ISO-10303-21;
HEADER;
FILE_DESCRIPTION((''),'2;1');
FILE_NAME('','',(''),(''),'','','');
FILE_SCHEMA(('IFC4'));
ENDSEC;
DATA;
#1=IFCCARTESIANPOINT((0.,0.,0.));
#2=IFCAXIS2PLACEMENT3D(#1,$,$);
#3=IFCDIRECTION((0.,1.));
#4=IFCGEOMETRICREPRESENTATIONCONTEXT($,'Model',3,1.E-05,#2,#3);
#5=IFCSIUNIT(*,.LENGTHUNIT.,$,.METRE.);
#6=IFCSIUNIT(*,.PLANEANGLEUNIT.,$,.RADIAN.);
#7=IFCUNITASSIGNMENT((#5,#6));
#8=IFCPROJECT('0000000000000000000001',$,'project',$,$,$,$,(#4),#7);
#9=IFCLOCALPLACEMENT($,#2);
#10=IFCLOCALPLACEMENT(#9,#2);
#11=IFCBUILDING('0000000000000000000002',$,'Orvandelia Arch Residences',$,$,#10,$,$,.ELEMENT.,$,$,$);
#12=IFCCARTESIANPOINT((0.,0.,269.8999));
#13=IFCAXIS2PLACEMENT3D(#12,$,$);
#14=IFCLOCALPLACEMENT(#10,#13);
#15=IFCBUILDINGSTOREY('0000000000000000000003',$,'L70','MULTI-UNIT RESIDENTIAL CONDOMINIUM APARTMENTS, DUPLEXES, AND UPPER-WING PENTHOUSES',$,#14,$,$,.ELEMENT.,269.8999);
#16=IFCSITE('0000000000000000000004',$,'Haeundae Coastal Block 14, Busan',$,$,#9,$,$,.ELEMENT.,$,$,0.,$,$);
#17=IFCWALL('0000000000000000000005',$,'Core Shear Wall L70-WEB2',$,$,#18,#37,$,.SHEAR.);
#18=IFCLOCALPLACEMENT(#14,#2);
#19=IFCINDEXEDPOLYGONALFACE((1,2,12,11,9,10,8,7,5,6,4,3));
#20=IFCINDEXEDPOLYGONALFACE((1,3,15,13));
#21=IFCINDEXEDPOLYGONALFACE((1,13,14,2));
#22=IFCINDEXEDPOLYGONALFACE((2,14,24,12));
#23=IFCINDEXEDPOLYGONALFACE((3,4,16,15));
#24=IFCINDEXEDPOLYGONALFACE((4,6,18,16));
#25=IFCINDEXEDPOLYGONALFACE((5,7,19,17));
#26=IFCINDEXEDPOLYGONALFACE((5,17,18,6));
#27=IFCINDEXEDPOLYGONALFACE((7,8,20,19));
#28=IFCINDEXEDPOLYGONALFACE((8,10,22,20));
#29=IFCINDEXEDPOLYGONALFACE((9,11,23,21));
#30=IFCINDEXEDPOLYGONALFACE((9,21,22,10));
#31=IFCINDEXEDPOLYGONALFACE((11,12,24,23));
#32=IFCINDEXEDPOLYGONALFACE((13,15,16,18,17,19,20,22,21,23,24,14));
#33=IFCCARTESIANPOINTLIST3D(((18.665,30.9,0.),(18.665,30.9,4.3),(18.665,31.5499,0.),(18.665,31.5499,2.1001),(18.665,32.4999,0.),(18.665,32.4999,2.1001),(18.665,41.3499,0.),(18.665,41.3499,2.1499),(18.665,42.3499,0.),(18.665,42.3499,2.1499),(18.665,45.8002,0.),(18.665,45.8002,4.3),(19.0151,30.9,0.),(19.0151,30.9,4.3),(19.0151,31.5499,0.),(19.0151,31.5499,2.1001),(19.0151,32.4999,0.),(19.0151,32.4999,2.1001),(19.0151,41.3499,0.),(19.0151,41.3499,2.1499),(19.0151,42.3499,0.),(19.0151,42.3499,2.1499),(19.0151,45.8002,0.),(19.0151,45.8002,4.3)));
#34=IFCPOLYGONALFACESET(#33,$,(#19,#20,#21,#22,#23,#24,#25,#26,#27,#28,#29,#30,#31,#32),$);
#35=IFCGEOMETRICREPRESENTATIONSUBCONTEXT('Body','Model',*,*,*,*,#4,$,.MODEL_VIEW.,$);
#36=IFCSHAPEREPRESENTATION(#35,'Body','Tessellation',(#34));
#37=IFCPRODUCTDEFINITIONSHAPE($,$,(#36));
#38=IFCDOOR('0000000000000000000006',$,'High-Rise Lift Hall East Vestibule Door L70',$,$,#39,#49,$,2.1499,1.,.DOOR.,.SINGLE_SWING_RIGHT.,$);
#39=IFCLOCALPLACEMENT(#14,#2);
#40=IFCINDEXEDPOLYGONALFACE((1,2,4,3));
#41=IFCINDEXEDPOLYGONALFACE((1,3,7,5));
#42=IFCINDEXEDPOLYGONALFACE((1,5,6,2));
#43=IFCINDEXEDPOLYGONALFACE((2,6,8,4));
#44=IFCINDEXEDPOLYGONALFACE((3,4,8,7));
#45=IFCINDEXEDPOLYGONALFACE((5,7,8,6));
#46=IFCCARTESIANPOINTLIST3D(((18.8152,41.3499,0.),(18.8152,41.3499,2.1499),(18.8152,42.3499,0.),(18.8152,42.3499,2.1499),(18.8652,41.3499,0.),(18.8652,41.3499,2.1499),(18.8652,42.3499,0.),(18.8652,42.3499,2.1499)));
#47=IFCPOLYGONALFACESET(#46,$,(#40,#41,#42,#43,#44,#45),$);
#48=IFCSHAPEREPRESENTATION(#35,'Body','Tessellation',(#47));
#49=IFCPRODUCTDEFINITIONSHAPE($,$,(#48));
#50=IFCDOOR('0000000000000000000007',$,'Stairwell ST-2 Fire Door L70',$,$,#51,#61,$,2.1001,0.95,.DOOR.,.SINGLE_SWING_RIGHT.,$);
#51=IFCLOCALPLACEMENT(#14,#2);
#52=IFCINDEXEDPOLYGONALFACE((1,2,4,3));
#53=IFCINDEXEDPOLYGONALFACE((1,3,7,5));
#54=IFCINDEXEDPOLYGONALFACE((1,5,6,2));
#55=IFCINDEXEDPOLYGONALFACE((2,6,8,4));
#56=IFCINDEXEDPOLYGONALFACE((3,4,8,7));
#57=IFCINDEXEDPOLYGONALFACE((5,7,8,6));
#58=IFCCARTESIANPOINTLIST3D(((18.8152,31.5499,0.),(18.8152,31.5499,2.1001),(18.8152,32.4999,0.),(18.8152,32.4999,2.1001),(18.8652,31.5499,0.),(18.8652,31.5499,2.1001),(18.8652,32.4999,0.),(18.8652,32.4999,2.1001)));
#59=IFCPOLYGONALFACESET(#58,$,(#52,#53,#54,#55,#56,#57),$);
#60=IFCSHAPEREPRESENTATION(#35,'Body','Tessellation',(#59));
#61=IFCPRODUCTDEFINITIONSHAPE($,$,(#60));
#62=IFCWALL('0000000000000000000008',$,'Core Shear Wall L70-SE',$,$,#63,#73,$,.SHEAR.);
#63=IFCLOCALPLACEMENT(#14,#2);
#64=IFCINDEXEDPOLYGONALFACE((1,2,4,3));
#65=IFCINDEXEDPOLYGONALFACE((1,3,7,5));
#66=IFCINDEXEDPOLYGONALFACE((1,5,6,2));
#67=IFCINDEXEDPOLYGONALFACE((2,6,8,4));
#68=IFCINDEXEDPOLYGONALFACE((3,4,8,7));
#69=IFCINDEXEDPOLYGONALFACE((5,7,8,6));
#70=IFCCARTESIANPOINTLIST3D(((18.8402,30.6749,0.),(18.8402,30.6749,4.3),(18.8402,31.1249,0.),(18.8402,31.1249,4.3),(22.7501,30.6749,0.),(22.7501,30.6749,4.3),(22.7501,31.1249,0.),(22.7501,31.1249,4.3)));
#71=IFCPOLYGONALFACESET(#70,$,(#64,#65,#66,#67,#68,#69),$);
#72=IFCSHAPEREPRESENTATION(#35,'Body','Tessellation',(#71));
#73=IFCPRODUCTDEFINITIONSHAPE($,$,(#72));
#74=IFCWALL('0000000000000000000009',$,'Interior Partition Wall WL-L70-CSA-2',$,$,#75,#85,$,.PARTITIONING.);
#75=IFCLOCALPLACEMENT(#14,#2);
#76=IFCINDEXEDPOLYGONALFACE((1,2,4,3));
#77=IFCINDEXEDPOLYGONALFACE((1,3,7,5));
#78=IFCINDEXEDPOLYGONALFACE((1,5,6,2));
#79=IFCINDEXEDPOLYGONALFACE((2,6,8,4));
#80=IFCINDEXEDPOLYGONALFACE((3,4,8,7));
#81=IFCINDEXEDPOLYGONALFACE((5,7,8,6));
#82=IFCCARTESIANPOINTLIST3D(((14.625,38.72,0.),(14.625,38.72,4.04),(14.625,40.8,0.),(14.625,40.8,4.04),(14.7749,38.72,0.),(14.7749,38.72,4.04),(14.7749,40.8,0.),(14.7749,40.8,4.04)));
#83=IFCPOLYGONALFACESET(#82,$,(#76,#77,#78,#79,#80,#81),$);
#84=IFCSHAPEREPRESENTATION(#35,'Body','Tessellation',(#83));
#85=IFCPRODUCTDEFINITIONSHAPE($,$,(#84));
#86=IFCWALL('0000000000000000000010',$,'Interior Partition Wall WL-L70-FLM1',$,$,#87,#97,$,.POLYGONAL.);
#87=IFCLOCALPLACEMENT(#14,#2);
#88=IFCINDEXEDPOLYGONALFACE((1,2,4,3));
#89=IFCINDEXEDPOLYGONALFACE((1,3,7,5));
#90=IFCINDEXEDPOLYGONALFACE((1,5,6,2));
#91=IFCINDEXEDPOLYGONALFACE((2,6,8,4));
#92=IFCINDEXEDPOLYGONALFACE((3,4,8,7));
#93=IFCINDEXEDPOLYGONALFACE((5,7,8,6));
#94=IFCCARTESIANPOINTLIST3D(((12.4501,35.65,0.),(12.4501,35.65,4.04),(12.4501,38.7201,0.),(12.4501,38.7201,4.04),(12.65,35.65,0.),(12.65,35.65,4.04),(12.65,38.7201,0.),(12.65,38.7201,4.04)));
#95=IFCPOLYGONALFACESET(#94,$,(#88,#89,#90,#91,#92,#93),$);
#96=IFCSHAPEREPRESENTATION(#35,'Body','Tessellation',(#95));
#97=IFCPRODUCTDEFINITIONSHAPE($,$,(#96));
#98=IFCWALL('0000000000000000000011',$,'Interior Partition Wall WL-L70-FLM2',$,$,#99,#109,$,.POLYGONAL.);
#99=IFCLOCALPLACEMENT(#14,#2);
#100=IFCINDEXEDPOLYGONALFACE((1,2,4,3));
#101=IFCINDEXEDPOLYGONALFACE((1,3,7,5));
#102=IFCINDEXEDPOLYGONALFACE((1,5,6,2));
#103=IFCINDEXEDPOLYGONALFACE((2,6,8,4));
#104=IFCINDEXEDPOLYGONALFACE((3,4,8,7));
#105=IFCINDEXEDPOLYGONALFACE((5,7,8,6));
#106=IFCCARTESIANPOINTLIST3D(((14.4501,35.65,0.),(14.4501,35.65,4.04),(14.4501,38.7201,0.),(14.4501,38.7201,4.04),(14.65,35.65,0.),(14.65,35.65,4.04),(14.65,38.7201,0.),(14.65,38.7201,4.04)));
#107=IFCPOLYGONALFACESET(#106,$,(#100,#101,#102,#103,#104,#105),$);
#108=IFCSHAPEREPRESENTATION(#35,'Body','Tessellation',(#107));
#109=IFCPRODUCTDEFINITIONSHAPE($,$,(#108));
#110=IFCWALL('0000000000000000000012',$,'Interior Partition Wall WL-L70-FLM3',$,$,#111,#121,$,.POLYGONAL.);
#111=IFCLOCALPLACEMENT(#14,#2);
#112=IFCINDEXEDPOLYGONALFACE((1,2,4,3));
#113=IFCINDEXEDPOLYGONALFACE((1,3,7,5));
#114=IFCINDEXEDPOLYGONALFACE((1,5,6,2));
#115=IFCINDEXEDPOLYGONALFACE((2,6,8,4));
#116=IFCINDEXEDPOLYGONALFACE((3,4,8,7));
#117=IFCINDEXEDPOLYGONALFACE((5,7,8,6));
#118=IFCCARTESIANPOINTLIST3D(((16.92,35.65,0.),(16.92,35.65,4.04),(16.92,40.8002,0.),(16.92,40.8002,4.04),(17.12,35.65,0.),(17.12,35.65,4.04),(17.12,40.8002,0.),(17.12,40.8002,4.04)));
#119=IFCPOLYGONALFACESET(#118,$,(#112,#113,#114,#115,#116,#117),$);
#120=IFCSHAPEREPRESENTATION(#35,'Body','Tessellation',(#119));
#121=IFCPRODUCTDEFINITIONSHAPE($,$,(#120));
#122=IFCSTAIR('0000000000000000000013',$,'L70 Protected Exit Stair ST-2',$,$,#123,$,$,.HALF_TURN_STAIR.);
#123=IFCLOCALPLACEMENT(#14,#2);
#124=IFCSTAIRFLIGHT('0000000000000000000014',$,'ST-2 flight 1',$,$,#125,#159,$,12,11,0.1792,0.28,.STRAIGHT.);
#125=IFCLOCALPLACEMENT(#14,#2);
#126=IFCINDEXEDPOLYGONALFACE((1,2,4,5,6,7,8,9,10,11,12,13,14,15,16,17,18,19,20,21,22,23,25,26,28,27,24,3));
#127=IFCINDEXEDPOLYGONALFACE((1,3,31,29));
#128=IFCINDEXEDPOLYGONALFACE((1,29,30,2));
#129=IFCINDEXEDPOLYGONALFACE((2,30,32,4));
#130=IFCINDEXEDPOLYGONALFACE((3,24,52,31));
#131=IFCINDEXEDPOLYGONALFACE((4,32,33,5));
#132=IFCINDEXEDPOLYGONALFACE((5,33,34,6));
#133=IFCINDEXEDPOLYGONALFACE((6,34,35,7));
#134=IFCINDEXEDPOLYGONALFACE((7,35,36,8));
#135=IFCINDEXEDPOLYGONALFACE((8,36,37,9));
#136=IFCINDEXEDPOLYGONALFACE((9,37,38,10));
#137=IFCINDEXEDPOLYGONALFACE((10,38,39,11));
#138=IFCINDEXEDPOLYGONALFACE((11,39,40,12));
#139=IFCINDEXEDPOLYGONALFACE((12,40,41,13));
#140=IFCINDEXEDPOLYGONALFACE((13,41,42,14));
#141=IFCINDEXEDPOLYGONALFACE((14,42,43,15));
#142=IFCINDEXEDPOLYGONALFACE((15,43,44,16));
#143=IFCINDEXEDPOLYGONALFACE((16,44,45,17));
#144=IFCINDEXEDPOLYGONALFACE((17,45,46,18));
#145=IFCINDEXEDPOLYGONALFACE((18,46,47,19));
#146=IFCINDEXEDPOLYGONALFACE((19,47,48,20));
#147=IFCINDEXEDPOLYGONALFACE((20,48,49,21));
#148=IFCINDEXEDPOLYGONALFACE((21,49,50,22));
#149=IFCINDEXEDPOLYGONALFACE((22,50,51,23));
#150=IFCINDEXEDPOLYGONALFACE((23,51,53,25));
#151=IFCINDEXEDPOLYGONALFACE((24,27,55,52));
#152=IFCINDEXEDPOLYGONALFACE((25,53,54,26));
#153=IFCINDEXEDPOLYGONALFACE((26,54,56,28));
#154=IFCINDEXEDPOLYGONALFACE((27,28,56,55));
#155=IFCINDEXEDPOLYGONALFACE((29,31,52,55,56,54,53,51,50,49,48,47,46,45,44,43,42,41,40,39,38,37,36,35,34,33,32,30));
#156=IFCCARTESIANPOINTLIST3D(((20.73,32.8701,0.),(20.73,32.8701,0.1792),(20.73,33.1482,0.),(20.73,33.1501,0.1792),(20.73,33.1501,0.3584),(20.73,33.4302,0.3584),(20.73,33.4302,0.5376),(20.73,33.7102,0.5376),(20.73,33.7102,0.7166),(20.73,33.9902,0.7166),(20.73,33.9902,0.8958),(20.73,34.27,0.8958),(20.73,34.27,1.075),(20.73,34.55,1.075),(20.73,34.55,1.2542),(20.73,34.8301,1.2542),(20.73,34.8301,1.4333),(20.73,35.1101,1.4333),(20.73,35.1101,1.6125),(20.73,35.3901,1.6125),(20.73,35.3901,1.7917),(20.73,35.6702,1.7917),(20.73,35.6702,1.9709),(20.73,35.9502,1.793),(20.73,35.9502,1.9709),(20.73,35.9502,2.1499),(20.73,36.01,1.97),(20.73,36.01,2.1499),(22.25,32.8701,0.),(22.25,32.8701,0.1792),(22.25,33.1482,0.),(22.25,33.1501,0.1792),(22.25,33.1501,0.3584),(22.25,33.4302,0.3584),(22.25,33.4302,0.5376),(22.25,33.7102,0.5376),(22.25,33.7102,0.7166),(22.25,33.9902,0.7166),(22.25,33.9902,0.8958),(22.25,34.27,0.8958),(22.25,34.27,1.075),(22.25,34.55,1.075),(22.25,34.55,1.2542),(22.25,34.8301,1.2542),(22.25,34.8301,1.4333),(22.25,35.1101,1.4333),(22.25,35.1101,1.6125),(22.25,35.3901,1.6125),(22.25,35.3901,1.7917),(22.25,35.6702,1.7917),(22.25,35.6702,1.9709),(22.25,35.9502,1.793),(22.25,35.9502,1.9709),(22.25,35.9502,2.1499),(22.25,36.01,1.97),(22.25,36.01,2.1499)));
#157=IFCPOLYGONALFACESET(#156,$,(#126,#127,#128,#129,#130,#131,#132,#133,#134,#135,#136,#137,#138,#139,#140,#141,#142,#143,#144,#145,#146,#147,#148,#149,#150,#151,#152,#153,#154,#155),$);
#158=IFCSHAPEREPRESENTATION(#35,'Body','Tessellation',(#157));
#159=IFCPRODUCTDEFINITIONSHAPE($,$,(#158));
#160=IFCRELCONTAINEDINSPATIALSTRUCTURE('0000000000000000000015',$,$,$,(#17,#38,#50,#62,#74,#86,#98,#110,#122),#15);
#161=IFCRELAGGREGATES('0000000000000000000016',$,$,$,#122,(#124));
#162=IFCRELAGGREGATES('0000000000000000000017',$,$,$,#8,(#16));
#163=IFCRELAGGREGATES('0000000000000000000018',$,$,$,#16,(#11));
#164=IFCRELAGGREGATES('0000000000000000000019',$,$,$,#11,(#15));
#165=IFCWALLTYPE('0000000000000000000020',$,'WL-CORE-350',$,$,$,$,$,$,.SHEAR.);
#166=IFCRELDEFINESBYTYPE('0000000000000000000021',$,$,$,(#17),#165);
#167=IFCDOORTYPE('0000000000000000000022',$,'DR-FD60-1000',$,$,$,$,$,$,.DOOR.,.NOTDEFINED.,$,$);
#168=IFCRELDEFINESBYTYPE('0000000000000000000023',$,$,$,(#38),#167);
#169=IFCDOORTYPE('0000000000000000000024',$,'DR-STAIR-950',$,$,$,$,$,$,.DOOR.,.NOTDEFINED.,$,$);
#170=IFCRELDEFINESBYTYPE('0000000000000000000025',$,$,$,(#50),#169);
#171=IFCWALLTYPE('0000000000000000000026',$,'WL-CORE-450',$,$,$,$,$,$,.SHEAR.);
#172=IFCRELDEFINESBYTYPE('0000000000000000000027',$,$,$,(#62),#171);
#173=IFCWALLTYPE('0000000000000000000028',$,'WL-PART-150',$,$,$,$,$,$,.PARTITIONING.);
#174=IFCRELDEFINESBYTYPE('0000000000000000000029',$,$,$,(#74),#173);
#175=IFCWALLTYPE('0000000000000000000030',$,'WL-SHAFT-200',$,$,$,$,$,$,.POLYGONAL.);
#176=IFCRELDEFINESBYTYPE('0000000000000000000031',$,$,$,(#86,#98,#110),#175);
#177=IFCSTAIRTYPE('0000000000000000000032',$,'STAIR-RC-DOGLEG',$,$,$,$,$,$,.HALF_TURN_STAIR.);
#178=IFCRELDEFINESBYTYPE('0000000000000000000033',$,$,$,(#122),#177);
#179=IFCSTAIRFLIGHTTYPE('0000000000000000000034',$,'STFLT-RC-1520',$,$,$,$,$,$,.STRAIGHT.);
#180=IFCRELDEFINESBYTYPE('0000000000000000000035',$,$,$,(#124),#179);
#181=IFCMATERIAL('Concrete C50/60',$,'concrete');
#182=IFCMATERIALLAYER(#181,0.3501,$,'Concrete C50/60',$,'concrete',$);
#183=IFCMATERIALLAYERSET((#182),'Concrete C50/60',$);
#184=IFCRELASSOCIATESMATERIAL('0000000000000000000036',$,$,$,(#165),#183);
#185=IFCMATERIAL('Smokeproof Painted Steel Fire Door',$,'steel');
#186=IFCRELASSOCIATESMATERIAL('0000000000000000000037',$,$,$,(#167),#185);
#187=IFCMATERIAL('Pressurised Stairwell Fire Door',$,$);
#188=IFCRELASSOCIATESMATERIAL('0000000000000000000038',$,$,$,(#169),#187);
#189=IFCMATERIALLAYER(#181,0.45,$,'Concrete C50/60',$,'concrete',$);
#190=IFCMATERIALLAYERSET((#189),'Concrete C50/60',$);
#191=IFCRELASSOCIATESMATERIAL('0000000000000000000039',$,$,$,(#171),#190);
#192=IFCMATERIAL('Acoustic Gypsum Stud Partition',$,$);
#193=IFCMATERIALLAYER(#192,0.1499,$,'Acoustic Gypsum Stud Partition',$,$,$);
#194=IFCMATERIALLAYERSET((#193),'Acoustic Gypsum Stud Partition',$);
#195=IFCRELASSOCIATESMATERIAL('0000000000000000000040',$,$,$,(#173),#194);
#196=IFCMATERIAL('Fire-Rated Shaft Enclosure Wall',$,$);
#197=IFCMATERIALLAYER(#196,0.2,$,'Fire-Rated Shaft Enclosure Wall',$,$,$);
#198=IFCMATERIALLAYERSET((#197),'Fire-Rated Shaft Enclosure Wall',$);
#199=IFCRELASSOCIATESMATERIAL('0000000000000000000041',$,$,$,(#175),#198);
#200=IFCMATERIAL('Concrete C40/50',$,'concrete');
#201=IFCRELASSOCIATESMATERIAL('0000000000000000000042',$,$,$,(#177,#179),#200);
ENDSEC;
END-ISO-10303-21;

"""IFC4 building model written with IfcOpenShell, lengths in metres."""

from ifc_helpers import new_model, si_unit, direction, frame, frame_2d, origin, place, context, subcontext, project, spatial, polyline, rectangle, outline, extrude, material, layer, layer_set, type_object, element, fill, aggregate, save


model = new_model("IFC4")

# Units and contexts
model_context = context("Model", 3, precision=1e-05, world=origin(), true_north=direction((0.0, 1.0)))
body_context = subcontext(model_context, "Body", "Model", "MODEL_VIEW")
ifc_project = project(units=[si_unit("LENGTHUNIT", "METRE"), si_unit("PLANEANGLEUNIT", "RADIAN")], contexts=[model_context])

# Site, building, storey
site_placement = place(None, origin())
site = spatial("IfcSite", under=ifc_project, at=site_placement, Name="Haeundae Coastal Block 14, Busan", CompositionType="ELEMENT", RefElevation=0.0)
building_placement = place(site_placement, origin())
building = spatial("IfcBuilding", under=site, at=building_placement, Name="Orvandelia Arch Residences", CompositionType="ELEMENT")
storey_placement = place(building_placement, frame((0.0, 0.0, 269.8999)))
storey = spatial("IfcBuildingStorey", under=building, at=storey_placement, Name="L70", Description="MULTI-UNIT RESIDENTIAL CONDOMINIUM APARTMENTS, DUPLEXES, AND UPPER-WING PENTHOUSES", CompositionType="ELEMENT", Elevation=269.8999)

# Shared definitions
ifc_material_1 = material(Name="Concrete C50/60", Category="concrete")

# Wall, openings, doors
ifc_layer_1 = layer(ifc_material_1, 0.3501, Name="Concrete C50/60", Category="concrete")
ifc_layer_set_1 = layer_set([ifc_layer_1], Name="Concrete C50/60")
wall_type_1 = type_object("IfcWallType", Name="WL-CORE-350", PredefinedType="SHEAR", material=ifc_layer_set_1)
wall_1_placement = place(storey_placement, frame((18.8401, 30.8999, 0.0), z_axis=(0.0, 0.0, 1.0), x_axis=(0.0, 1.0, 0.0)))
wall_1 = element("IfcWall", 1, at=wall_1_placement, inside=storey, type_object=wall_type_1, Name="Core Shear Wall L70-WEB2", PredefinedType="SHEAR", context=body_context, shape_type="SweptSolid", body=[
    extrude(rectangle(XDim=14.9001, YDim=0.3501, at=frame_2d((7.4502, 0.0))), origin(), (0.0, 0.0, 1.0), 4.3),
])
opening_1_placement = place(wall_1_placement, frame((0.6499, 0.0, 0.0)))
opening_1 = element("IfcOpeningElement", 2, at=opening_1_placement, cuts=wall_1, PredefinedType="OPENING", context=body_context, shape_type="SweptSolid", body=[
    extrude(rectangle(XDim=0.95, YDim=2.1001, at=frame_2d((0.4751, 1.05))), frame((0.0, 0.1851, 0.0), z_axis=(0.0, -1.0, 0.0), x_axis=(1.0, 0.0, 0.0)), (0.0, 0.0, 1.0), 0.3701),
])
opening_2_placement = place(wall_1_placement, frame((10.45, 0.0, 0.0)))
opening_2 = element("IfcOpeningElement", 3, at=opening_2_placement, cuts=wall_1, PredefinedType="OPENING", context=body_context, shape_type="SweptSolid", body=[
    extrude(rectangle(XDim=1.0, YDim=2.1499, at=frame_2d((0.5, 1.075))), frame((0.0, 0.1851, 0.0), z_axis=(0.0, -1.0, 0.0), x_axis=(1.0, 0.0, 0.0)), (0.0, 0.0, 1.0), 0.3701),
])
ifc_material_2 = material(Name="Smokeproof Painted Steel Fire Door", Category="steel")
door_type_1 = type_object("IfcDoorType", Name="DR-FD60-1000", OperationType="NOTDEFINED", PredefinedType="DOOR", material=ifc_material_2)
door_1_placement = place(opening_2_placement, origin())
door_1 = element("IfcDoor", 4, at=door_1_placement, inside=storey, type_object=door_type_1, Name="High-Rise Lift Hall East Vestibule Door L70", OperationType="SINGLE_SWING_RIGHT", OverallHeight=2.1499, OverallWidth=1.0, PredefinedType="DOOR", context=body_context, shape_type="SweptSolid", body=[
    extrude(rectangle(XDim=1.0, YDim=2.1499, at=frame_2d((0.5, 1.075))), frame((0.0, 0.0249, 0.0), z_axis=(0.0, -1.0, 0.0), x_axis=(1.0, 0.0, 0.0)), (0.0, 0.0, 1.0), 0.05),
])
fill(opening_2, door_1)
ifc_material_3 = material(Name="Pressurised Stairwell Fire Door")
door_type_2 = type_object("IfcDoorType", Name="DR-STAIR-950", OperationType="NOTDEFINED", PredefinedType="DOOR", material=ifc_material_3)
door_2_placement = place(opening_1_placement, origin())
door_2 = element("IfcDoor", 5, at=door_2_placement, inside=storey, type_object=door_type_2, Name="Stairwell ST-2 Fire Door L70", OperationType="SINGLE_SWING_RIGHT", OverallHeight=2.1001, OverallWidth=0.95, PredefinedType="DOOR", context=body_context, shape_type="SweptSolid", body=[
    extrude(rectangle(XDim=0.95, YDim=2.1001, at=frame_2d((0.4751, 1.05))), frame((0.0, 0.0249, 0.0), z_axis=(0.0, -1.0, 0.0), x_axis=(1.0, 0.0, 0.0)), (0.0, 0.0, 1.0), 0.05),
])
fill(opening_1, door_2)

# Walls
ifc_layer_2 = layer(ifc_material_1, 0.45, Name="Concrete C50/60", Category="concrete")
ifc_layer_set_2 = layer_set([ifc_layer_2], Name="Concrete C50/60")
wall_type_2 = type_object("IfcWallType", Name="WL-CORE-450", PredefinedType="SHEAR", material=ifc_layer_set_2)
wall_2_placement = place(storey_placement, frame((18.8401, 30.8999, 0.0), z_axis=(0.0, 0.0, 1.0), x_axis=(1.0, 0.0, 0.0)))
element("IfcWall", 6, at=wall_2_placement, inside=storey, type_object=wall_type_2, Name="Core Shear Wall L70-SE", PredefinedType="SHEAR", context=body_context, shape_type="SweptSolid", body=[
    extrude(rectangle(XDim=3.9099, YDim=0.45, at=frame_2d((1.9551, 0.0))), origin(), (0.0, 0.0, 1.0), 4.3),
])
ifc_material_4 = material(Name="Acoustic Gypsum Stud Partition")
ifc_layer_3 = layer(ifc_material_4, 0.1499, Name="Acoustic Gypsum Stud Partition")
ifc_layer_set_3 = layer_set([ifc_layer_3], Name="Acoustic Gypsum Stud Partition")
wall_type_3 = type_object("IfcWallType", Name="WL-PART-150", PredefinedType="PARTITIONING", material=ifc_layer_set_3)
wall_3_placement = place(storey_placement, frame((14.7, 38.72, 0.0), z_axis=(0.0, 0.0, 1.0), x_axis=(0.0, 1.0, 0.0)))
element("IfcWall", 7, at=wall_3_placement, inside=storey, type_object=wall_type_3, Name="Interior Partition Wall WL-L70-CSA-2", PredefinedType="PARTITIONING", context=body_context, shape_type="SweptSolid", body=[
    extrude(rectangle(XDim=2.0801, YDim=0.1499, at=frame_2d((1.04, 0.0))), origin(), (0.0, 0.0, 1.0), 4.04),
])
ifc_material_5 = material(Name="Fire-Rated Shaft Enclosure Wall")
ifc_layer_4 = layer(ifc_material_5, 0.2, Name="Fire-Rated Shaft Enclosure Wall")
ifc_layer_set_4 = layer_set([ifc_layer_4], Name="Fire-Rated Shaft Enclosure Wall")
wall_type_4 = type_object("IfcWallType", Name="WL-SHAFT-200", PredefinedType="POLYGONAL", material=ifc_layer_set_4)
for number, where, z_axis, x_axis, name in (
    (8, (12.55, 35.6499, 0.0), (0.0, 0.0, 1.0), (0.0, 1.0, 0.0), "Interior Partition Wall WL-L70-FLM1"),
    (9, (14.55, 35.6499, 0.0), (0.0, 0.0, 1.0), (0.0, 1.0, 0.0), "Interior Partition Wall WL-L70-FLM2"),
):
    element("IfcWall", number, at=place(storey_placement, frame(where, z_axis=z_axis, x_axis=x_axis)), inside=storey, type_object=wall_type_4, Name=name, PredefinedType="POLYGONAL", context=body_context, shape_type="SweptSolid", body=[
        extrude(rectangle(XDim=3.0701, YDim=0.2, at=frame_2d((1.5352, 0.0))), origin(), (0.0, 0.0, 1.0), 4.04),
    ])
wall_4_placement = place(storey_placement, frame((17.02, 35.6499, 0.0), z_axis=(0.0, 0.0, 1.0), x_axis=(0.0, 1.0, 0.0)))
element("IfcWall", 10, at=wall_4_placement, inside=storey, type_object=wall_type_4, Name="Interior Partition Wall WL-L70-FLM3", PredefinedType="POLYGONAL", context=body_context, shape_type="SweptSolid", body=[
    extrude(rectangle(XDim=5.1501, YDim=0.2, at=frame_2d((2.5752, 0.0))), origin(), (0.0, 0.0, 1.0), 4.04),
])

# Stair, stair flight
ifc_material_6 = material(Name="Concrete C40/50", Category="concrete")
stair_type = type_object("IfcStairType", Name="STAIR-RC-DOGLEG", PredefinedType="HALF_TURN_STAIR", material=ifc_material_6)
stair_placement = place(storey_placement, origin())
stair = element("IfcStair", 11, at=stair_placement, inside=storey, type_object=stair_type, Name="L70 Protected Exit Stair ST-2", PredefinedType="HALF_TURN_STAIR")
stair_flight_type = type_object("IfcStairFlightType", Name="STFLT-RC-1520", PredefinedType="STRAIGHT", material=ifc_material_6)
stair_flight_1_placement = place(storey_placement, frame((21.49, 32.8701, 0.0), z_axis=(0.0, 0.0, 1.0), x_axis=(0.0, 1.0, 0.0)))
stair_flight_1 = element("IfcStairFlight", 12, at=stair_flight_1_placement, type_object=stair_flight_type, Name="ST-2 flight 1", NumberOfRisers=12, NumberOfTreads=11, PredefinedType="STRAIGHT", RiserHeight=0.1792, TreadLength=0.28, context=body_context, shape_type="SweptSolid", body=[
    extrude(outline(polyline([(0.0, 0.0), (0.0, 0.1792), (0.28, 0.1792), (0.28, 0.3584), (0.5601, 0.3584), (0.5601, 0.5376), (0.8401, 0.5376), (0.8401, 0.7166), (1.1201, 0.7166), (1.1201, 0.8958), (1.3999, 0.8958), (1.3999, 1.075), (1.6799, 1.075), (1.6799, 1.2542), (1.96, 1.2542), (1.96, 1.4333), (2.24, 1.4333), (2.24, 1.6125), (2.52, 1.6125), (2.52, 1.7917), (2.8, 1.7917), (2.8, 1.9709), (3.0801, 1.9709), (3.0801, 2.1499), (3.1399, 2.1499), (3.1399, 1.97), (3.0801, 1.793), (0.2781, 0.0), (0.0, 0.0)])), frame((0.0, 0.76, 0.0), z_axis=(0.0, -1.0, 0.0), x_axis=(1.0, 0.0, 0.0)), (0.0, 0.0, 1.0), 1.52),
])
aggregate(stair, [stair_flight_1])

save(model, "model.ifc")
